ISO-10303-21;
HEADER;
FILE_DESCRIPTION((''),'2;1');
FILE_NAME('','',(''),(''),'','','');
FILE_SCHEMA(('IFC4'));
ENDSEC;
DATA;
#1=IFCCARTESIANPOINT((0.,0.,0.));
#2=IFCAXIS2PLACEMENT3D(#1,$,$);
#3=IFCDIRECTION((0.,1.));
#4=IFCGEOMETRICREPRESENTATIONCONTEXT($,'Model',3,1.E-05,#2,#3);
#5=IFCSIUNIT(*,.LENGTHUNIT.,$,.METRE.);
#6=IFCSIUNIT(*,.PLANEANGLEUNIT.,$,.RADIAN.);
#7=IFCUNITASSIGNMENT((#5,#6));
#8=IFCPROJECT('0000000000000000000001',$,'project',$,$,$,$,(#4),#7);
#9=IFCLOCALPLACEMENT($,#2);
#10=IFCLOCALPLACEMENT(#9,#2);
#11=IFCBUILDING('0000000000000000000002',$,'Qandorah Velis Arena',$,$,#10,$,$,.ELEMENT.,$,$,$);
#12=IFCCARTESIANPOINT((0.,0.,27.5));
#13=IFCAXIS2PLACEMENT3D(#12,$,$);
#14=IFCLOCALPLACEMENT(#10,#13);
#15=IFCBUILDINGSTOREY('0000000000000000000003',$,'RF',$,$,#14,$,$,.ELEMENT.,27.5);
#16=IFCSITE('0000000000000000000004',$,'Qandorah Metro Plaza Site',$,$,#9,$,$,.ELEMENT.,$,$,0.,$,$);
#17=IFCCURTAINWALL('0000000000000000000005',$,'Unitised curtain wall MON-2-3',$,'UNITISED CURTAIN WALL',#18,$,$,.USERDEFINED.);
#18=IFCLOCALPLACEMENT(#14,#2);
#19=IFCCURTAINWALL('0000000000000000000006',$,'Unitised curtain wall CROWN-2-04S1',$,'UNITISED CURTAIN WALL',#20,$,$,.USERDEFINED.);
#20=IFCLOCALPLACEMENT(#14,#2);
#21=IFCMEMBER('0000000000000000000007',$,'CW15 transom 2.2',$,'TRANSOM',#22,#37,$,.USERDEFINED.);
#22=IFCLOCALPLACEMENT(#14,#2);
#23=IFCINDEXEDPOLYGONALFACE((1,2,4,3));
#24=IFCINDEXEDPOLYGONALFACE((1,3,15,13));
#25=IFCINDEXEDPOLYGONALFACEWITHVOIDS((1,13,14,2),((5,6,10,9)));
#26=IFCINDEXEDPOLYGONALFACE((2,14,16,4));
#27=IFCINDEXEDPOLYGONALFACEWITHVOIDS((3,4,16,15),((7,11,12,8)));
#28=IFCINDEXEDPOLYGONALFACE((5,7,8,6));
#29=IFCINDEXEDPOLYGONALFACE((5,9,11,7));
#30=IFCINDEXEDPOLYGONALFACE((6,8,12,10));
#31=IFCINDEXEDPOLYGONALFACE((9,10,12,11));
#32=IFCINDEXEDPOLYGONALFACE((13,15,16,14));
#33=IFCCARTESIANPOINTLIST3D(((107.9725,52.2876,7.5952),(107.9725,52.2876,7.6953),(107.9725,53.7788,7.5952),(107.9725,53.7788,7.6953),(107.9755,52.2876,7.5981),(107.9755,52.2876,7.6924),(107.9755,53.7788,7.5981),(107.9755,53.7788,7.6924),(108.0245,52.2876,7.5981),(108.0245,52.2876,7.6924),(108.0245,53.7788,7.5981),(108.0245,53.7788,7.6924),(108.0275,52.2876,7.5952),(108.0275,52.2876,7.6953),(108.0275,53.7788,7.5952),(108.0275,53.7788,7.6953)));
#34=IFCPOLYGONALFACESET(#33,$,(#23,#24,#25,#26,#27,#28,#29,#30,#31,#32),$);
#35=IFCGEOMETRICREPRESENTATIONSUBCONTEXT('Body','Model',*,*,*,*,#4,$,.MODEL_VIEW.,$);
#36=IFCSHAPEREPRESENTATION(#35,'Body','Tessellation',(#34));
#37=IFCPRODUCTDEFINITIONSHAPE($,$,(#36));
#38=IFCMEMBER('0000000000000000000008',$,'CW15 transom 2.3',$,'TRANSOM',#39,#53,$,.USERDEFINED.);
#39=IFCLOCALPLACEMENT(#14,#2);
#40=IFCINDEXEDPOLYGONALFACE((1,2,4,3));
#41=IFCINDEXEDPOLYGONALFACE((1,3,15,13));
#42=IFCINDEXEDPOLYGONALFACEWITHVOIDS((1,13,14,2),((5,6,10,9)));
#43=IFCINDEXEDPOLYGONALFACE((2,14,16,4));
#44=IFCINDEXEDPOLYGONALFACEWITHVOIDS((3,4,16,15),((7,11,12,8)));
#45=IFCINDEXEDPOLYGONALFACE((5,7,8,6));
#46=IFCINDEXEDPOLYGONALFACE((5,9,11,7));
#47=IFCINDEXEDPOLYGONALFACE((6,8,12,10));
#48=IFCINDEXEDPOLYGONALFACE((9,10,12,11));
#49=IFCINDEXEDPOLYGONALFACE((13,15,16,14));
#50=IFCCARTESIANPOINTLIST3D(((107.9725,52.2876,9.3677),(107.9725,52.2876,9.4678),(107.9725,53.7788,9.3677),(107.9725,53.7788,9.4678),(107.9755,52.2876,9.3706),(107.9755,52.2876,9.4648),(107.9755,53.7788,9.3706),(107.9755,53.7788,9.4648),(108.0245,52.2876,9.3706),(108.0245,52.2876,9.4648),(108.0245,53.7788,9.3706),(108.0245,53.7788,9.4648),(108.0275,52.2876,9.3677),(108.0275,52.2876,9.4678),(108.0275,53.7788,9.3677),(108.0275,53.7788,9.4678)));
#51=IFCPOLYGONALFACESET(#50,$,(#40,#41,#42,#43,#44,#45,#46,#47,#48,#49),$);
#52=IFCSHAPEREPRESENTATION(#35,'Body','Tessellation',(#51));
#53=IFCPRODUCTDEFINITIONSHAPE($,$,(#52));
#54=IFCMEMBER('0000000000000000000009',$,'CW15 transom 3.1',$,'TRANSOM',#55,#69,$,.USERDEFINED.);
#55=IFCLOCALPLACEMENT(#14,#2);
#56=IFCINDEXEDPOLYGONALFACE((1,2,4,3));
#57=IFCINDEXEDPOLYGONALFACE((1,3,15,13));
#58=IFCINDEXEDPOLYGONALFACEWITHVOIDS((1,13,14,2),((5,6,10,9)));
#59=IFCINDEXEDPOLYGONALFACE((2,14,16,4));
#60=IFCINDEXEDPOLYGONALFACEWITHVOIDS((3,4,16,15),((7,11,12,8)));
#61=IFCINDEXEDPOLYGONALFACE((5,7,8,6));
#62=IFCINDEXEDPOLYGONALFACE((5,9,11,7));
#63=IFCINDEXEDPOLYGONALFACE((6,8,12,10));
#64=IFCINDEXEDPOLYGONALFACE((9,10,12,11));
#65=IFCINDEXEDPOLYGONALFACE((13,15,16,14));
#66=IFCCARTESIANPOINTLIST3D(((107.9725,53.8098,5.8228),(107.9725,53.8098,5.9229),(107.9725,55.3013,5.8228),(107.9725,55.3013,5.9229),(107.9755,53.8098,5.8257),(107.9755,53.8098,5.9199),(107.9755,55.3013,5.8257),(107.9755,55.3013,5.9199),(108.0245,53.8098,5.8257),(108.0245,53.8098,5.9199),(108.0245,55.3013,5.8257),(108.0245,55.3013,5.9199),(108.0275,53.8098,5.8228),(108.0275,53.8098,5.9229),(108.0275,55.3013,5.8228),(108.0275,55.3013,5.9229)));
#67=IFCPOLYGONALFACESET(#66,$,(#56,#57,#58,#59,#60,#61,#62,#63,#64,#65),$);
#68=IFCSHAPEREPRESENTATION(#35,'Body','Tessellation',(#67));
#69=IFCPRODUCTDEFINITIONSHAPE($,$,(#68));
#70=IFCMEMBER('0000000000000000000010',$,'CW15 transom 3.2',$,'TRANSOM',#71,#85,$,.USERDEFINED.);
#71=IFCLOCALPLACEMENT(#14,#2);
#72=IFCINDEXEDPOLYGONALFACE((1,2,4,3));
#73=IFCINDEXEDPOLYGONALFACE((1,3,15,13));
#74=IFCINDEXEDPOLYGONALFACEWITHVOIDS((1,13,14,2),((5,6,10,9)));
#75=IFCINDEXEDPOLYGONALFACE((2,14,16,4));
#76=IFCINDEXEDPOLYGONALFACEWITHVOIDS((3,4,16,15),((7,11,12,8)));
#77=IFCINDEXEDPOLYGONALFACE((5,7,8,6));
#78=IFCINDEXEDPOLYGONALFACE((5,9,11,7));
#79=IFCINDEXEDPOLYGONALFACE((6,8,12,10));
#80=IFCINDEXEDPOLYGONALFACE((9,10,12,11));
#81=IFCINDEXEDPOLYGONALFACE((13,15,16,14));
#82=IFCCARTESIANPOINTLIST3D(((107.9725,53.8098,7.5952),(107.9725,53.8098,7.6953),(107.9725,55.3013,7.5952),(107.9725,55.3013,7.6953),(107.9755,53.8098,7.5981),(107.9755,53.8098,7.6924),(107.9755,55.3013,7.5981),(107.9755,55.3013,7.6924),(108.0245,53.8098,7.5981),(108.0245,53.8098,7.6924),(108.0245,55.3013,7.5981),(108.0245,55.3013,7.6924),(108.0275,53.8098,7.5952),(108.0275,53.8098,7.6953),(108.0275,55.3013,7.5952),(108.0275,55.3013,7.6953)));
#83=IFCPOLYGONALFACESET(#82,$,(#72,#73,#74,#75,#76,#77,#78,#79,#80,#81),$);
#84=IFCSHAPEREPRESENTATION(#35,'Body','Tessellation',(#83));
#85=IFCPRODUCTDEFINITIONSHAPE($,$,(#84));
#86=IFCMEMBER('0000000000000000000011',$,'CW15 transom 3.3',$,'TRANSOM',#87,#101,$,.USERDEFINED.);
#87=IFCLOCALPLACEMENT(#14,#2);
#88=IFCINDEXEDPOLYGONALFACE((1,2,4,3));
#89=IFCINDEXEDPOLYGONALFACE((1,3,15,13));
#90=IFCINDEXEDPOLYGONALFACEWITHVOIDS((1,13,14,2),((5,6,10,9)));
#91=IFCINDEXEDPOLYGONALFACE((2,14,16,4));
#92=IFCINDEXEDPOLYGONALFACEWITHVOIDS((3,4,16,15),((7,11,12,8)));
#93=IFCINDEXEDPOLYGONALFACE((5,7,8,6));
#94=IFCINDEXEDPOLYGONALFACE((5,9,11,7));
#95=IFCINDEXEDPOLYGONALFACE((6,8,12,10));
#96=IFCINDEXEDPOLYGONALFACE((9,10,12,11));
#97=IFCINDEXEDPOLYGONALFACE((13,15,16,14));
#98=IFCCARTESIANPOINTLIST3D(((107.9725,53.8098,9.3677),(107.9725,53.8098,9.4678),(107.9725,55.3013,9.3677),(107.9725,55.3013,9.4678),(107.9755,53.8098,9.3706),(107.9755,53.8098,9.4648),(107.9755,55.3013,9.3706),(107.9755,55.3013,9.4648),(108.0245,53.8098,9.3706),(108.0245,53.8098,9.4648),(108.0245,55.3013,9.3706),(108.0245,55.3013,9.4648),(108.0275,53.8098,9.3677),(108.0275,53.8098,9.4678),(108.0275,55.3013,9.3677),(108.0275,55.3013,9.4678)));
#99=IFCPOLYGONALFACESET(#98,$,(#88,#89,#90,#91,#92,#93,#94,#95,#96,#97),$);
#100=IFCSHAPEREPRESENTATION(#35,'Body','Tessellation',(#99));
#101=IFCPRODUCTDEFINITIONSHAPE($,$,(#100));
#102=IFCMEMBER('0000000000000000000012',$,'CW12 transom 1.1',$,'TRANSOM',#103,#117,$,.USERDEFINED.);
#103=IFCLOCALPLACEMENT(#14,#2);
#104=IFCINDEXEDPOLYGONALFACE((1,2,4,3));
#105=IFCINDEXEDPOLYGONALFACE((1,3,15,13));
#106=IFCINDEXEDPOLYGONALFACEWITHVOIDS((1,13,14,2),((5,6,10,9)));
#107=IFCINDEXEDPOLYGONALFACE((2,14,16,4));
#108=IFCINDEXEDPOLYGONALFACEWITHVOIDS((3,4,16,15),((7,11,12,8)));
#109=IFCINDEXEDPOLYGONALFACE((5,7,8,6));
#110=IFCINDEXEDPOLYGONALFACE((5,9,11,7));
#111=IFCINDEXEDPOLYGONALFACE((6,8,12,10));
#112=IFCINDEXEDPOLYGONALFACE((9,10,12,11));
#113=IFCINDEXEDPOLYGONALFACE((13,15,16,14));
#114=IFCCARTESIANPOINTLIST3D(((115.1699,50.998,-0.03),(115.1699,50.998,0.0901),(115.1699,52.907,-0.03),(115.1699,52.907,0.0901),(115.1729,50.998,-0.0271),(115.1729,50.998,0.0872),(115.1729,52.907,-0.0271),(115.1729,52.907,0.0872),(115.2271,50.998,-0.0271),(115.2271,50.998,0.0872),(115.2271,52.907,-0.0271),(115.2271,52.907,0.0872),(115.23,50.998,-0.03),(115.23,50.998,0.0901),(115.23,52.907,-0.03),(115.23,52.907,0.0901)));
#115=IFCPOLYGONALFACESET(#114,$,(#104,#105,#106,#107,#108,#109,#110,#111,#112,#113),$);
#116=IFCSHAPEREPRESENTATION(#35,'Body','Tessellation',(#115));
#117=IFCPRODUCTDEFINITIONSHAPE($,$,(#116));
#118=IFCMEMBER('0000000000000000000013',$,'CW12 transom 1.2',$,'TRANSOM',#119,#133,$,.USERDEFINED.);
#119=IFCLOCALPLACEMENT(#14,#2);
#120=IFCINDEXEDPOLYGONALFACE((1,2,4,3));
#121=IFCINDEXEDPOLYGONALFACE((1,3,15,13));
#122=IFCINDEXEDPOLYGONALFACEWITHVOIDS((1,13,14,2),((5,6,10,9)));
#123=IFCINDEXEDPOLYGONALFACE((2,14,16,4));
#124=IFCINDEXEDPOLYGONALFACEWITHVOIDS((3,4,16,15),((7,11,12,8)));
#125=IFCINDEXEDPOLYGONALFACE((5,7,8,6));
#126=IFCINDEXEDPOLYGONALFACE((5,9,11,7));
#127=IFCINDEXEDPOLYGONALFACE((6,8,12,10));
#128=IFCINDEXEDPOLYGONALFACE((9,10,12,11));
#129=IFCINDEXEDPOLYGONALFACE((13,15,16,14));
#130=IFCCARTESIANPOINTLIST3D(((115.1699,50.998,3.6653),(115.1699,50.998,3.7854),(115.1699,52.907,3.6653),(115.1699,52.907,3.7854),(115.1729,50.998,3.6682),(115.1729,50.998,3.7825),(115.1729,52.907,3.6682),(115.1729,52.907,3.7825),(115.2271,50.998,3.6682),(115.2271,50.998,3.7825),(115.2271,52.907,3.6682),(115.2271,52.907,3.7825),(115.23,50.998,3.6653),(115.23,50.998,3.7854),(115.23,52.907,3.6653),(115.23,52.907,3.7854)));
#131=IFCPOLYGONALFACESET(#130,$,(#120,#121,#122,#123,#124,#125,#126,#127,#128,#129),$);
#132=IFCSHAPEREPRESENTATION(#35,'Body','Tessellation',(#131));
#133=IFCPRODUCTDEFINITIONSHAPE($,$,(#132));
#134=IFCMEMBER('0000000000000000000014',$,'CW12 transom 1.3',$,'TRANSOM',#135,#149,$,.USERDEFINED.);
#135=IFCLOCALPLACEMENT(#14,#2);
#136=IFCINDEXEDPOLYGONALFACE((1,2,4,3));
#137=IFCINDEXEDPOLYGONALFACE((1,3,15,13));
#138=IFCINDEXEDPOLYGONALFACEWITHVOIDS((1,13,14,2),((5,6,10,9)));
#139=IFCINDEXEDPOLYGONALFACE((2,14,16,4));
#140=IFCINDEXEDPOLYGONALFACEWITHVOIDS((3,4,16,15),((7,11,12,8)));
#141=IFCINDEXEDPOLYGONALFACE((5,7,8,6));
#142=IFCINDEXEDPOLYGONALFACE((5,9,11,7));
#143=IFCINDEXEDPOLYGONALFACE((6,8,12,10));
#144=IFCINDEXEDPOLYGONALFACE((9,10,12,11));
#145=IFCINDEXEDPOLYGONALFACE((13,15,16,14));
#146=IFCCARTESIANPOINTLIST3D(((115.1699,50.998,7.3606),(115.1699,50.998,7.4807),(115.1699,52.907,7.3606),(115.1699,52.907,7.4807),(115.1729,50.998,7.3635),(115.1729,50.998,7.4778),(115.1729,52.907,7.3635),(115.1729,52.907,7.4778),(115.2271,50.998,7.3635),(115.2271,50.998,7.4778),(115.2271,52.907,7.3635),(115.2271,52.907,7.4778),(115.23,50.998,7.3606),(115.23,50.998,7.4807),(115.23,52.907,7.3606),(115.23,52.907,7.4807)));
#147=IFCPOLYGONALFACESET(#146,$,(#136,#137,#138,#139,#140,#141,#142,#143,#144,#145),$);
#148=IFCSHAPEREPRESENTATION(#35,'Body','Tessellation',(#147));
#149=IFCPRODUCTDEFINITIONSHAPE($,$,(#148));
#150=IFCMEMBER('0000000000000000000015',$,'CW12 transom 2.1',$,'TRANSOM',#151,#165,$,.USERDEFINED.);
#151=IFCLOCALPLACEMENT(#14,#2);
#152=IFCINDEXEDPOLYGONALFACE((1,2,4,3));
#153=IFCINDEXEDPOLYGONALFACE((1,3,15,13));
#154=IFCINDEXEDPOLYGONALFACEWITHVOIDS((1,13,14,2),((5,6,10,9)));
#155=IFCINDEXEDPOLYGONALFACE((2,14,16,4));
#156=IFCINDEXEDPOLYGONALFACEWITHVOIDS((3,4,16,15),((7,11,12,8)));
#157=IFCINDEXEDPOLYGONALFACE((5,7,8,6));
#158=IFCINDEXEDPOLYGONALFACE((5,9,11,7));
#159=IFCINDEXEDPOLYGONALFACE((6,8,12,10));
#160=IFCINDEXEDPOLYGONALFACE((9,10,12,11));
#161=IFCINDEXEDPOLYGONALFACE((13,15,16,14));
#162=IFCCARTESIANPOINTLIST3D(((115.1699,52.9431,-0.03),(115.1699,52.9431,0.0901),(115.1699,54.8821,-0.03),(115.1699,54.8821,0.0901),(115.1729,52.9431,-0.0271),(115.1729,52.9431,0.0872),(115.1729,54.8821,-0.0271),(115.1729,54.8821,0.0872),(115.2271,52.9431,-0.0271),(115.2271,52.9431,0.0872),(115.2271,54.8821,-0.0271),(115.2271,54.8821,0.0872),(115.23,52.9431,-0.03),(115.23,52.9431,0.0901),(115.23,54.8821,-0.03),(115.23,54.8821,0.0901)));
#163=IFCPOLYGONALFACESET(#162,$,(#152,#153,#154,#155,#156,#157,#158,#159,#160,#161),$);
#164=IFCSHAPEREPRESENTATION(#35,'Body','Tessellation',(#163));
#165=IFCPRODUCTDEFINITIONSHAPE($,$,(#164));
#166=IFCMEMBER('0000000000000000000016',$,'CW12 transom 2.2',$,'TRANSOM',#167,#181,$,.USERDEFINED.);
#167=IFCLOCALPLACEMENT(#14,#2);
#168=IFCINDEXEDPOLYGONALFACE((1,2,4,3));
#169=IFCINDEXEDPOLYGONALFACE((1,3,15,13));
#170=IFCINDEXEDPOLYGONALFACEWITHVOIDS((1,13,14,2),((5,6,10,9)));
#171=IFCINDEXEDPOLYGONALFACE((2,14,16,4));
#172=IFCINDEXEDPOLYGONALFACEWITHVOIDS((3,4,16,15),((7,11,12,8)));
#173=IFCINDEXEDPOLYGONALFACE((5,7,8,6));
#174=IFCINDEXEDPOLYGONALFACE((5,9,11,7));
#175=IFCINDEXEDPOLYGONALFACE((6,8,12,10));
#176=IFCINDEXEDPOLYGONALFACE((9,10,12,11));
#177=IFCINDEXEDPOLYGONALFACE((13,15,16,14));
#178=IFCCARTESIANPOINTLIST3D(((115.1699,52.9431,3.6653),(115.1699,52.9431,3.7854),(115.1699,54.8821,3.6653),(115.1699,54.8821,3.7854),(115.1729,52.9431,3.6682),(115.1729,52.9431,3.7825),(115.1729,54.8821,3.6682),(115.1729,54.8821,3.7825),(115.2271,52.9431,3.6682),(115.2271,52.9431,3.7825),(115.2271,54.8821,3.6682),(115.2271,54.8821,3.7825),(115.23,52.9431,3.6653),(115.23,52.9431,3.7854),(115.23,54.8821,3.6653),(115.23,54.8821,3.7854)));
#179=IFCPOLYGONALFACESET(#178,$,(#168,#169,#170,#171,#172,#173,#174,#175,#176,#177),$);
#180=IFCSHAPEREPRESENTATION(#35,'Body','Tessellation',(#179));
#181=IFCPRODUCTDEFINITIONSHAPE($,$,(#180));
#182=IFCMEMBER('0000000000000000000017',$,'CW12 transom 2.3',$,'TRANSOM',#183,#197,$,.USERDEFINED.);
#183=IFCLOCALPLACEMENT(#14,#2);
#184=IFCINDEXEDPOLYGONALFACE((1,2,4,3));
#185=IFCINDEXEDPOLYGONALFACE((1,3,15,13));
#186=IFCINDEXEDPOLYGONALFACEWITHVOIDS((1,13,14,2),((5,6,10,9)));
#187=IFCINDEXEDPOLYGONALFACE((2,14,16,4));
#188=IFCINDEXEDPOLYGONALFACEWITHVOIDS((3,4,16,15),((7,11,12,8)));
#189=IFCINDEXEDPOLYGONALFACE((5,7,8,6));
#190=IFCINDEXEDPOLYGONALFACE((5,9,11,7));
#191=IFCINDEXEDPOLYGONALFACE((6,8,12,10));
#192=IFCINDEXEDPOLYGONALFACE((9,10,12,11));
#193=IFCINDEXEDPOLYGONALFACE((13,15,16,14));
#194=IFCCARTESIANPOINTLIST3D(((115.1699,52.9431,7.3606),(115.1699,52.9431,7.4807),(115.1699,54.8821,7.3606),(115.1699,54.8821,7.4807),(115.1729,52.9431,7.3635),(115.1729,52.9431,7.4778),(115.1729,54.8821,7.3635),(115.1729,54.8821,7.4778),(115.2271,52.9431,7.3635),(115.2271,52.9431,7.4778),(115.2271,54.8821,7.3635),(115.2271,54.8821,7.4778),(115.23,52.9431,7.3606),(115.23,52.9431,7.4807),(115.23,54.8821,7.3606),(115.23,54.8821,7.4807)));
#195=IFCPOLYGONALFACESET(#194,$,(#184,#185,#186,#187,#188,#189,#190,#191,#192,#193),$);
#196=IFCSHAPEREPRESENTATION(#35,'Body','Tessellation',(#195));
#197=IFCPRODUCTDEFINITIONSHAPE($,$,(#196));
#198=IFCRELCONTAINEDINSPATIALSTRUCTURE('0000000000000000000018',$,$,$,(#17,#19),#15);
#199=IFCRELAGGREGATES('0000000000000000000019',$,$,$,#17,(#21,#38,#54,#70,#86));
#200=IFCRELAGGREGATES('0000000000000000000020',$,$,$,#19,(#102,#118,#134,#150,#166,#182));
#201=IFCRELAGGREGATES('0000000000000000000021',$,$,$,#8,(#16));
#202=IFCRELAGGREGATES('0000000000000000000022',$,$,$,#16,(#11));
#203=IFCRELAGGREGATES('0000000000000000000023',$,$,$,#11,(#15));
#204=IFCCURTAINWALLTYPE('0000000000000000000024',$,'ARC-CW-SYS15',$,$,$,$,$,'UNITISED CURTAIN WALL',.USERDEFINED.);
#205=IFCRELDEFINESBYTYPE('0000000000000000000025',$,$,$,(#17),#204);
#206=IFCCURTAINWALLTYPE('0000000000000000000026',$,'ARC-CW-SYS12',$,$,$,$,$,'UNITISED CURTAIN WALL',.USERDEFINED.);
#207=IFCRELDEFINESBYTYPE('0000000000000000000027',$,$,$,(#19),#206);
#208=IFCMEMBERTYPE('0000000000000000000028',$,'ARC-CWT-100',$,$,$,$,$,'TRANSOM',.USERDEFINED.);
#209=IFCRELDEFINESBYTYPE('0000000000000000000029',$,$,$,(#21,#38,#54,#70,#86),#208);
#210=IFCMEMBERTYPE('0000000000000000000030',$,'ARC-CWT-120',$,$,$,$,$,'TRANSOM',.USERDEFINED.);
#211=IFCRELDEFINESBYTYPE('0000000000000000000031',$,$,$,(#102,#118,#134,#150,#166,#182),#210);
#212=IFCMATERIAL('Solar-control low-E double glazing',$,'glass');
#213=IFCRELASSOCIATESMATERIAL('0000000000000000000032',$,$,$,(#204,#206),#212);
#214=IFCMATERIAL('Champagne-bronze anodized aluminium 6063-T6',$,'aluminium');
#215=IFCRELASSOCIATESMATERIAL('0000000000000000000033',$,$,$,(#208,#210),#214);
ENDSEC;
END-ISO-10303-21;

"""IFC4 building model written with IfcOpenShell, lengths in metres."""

from ifc_helpers import new_model, si_unit, direction, frame, origin, origin_2d, place, context, subcontext, project, spatial, hollow_rectangle, extrude, material, material_profile, profile_set, type_object, element, aggregate, save


model = new_model("IFC4")

# Units and contexts
model_context = context("Model", 3, precision=1e-05, world=origin(), true_north=direction((0.0, 1.0)))
body_context = subcontext(model_context, "Body", "Model", "MODEL_VIEW")
ifc_project = project(units=[si_unit("LENGTHUNIT", "METRE"), si_unit("PLANEANGLEUNIT", "RADIAN")], contexts=[model_context])

# Site, building, storey
site_placement = place(None, origin())
site = spatial("IfcSite", under=ifc_project, at=site_placement, Name="Qandorah Metro Plaza Site", CompositionType="ELEMENT", RefElevation=0.0)
building_placement = place(site_placement, origin())
building = spatial("IfcBuilding", under=site, at=building_placement, Name="Qandorah Velis Arena", CompositionType="ELEMENT")
storey_placement = place(building_placement, frame((0.0, 0.0, 27.5)))
storey = spatial("IfcBuildingStorey", under=building, at=storey_placement, Name="RF", CompositionType="ELEMENT", Elevation=27.5)

# Shared definitions
ifc_material_1 = material(Name="Solar-control low-E double glazing", Category="glass")
ifc_material_2 = material(Name="Champagne-bronze anodized aluminium 6063-T6", Category="aluminium")

# Curtain wall
curtain_wall_type_1 = type_object("IfcCurtainWallType", Name="ARC-CW-SYS15", ElementType="UNITISED CURTAIN WALL", PredefinedType="USERDEFINED", material=ifc_material_1)
curtain_wall_1_placement = place(storey_placement, origin())
curtain_wall_1 = element("IfcCurtainWall", 1, at=curtain_wall_1_placement, inside=storey, type_object=curtain_wall_type_1, Name="Unitised curtain wall MON-2-3", ObjectType="UNITISED CURTAIN WALL", PredefinedType="USERDEFINED")

# Shared definitions
curtain_wall_type_2 = type_object("IfcCurtainWallType", Name="ARC-CW-SYS12", ElementType="UNITISED CURTAIN WALL", PredefinedType="USERDEFINED", material=ifc_material_1)

# Curtain wall
curtain_wall_2_placement = place(storey_placement, origin())
curtain_wall_2 = element("IfcCurtainWall", 2, at=curtain_wall_2_placement, inside=storey, type_object=curtain_wall_type_2, Name="Unitised curtain wall CROWN-2-04S1", ObjectType="UNITISED CURTAIN WALL", PredefinedType="USERDEFINED")

# Members
ifc_material_profile_1 = material_profile(ifc_material_2, hollow_rectangle(XDim=0.0549, YDim=0.1001, WallThickness=0.0029, at=origin_2d()), Name="ALU TRANSOM 55x100")
ifc_profile_set_1 = profile_set([ifc_material_profile_1], Name="Champagne-bronze anodized aluminium 6063-T6")
member_type_1 = type_object("IfcMemberType", Name="ARC-CWT-100", ElementType="TRANSOM", PredefinedType="USERDEFINED", material=ifc_profile_set_1)
member_1_placement = place(storey_placement, frame((108.0, 52.2876, 7.6453), z_axis=(0.0, 1.0, 0.0), x_axis=(-1.0, 0.0, 0.0)))
member_1 = element("IfcMember", 3, at=member_1_placement, type_object=member_type_1, Name="CW15 transom 2.2", ObjectType="TRANSOM", PredefinedType="USERDEFINED", context=body_context, shape_type="SweptSolid", body=[
    extrude(hollow_rectangle(XDim=0.0549, YDim=0.1001, WallThickness=0.0029, at=origin_2d()), origin(), (0.0, 0.0, 1.0), 1.4912),
])
member_2_placement = place(storey_placement, frame((108.0, 52.2876, 9.4177), z_axis=(0.0, 1.0, 0.0), x_axis=(-1.0, 0.0, 0.0)))
member_2 = element("IfcMember", 4, at=member_2_placement, type_object=member_type_1, Name="CW15 transom 2.3", ObjectType="TRANSOM", PredefinedType="USERDEFINED", context=body_context, shape_type="SweptSolid", body=[
    extrude(hollow_rectangle(XDim=0.0549, YDim=0.1001, WallThickness=0.0029, at=origin_2d()), origin(), (0.0, 0.0, 1.0), 1.4912),
])
member_3_placement = place(storey_placement, frame((108.0, 53.8098, 5.8728), z_axis=(0.0, 1.0, 0.0), x_axis=(-1.0, 0.0, 0.0)))
member_3 = element("IfcMember", 5, at=member_3_placement, type_object=member_type_1, Name="CW15 transom 3.1", ObjectType="TRANSOM", PredefinedType="USERDEFINED", context=body_context, shape_type="SweptSolid", body=[
    extrude(hollow_rectangle(XDim=0.0549, YDim=0.1001, WallThickness=0.0029, at=origin_2d()), origin(), (0.0, 0.0, 1.0), 1.4915),
])
member_4_placement = place(storey_placement, frame((108.0, 53.8098, 7.6453), z_axis=(0.0, 1.0, 0.0), x_axis=(-1.0, 0.0, 0.0)))
member_4 = element("IfcMember", 6, at=member_4_placement, type_object=member_type_1, Name="CW15 transom 3.2", ObjectType="TRANSOM", PredefinedType="USERDEFINED", context=body_context, shape_type="SweptSolid", body=[
    extrude(hollow_rectangle(XDim=0.0549, YDim=0.1001, WallThickness=0.0029, at=origin_2d()), origin(), (0.0, 0.0, 1.0), 1.4915),
])
member_5_placement = place(storey_placement, frame((108.0, 53.8098, 9.4177), z_axis=(0.0, 1.0, 0.0), x_axis=(-1.0, 0.0, 0.0)))
member_5 = element("IfcMember", 7, at=member_5_placement, type_object=member_type_1, Name="CW15 transom 3.3", ObjectType="TRANSOM", PredefinedType="USERDEFINED", context=body_context, shape_type="SweptSolid", body=[
    extrude(hollow_rectangle(XDim=0.0549, YDim=0.1001, WallThickness=0.0029, at=origin_2d()), origin(), (0.0, 0.0, 1.0), 1.4915),
])
ifc_material_profile_2 = material_profile(ifc_material_2, hollow_rectangle(XDim=0.0601, YDim=0.1201, WallThickness=0.0029, at=origin_2d()), Name="ALU TRANSOM 60x120")
ifc_profile_set_2 = profile_set([ifc_material_profile_2], Name="Champagne-bronze anodized aluminium 6063-T6")
member_type_2 = type_object("IfcMemberType", Name="ARC-CWT-120", ElementType="TRANSOM", PredefinedType="USERDEFINED", material=ifc_profile_set_2)
member_6_placement = place(storey_placement, frame((115.2, 50.998, 0.03), z_axis=(0.0, 1.0, 0.0), x_axis=(-1.0, 0.0, 0.0)))
member_6 = element("IfcMember", 8, at=member_6_placement, type_object=member_type_2, Name="CW12 transom 1.1", ObjectType="TRANSOM", PredefinedType="USERDEFINED", context=body_context, shape_type="SweptSolid", body=[
    extrude(hollow_rectangle(XDim=0.0601, YDim=0.1201, WallThickness=0.0029, at=origin_2d()), origin(), (0.0, 0.0, 1.0), 1.9089),
])
member_7_placement = place(storey_placement, frame((115.2, 50.998, 3.7253), z_axis=(0.0, 1.0, 0.0), x_axis=(-1.0, 0.0, 0.0)))
member_7 = element("IfcMember", 9, at=member_7_placement, type_object=member_type_2, Name="CW12 transom 1.2", ObjectType="TRANSOM", PredefinedType="USERDEFINED", context=body_context, shape_type="SweptSolid", body=[
    extrude(hollow_rectangle(XDim=0.0601, YDim=0.1201, WallThickness=0.0029, at=origin_2d()), origin(), (0.0, 0.0, 1.0), 1.9089),
])
member_8_placement = place(storey_placement, frame((115.2, 50.998, 7.4207), z_axis=(0.0, 1.0, 0.0), x_axis=(-1.0, 0.0, 0.0)))
member_8 = element("IfcMember", 10, at=member_8_placement, type_object=member_type_2, Name="CW12 transom 1.3", ObjectType="TRANSOM", PredefinedType="USERDEFINED", context=body_context, shape_type="SweptSolid", body=[
    extrude(hollow_rectangle(XDim=0.0601, YDim=0.1201, WallThickness=0.0029, at=origin_2d()), origin(), (0.0, 0.0, 1.0), 1.9089),
])
member_9_placement = place(storey_placement, frame((115.2, 52.9431, 0.03), z_axis=(0.0, 1.0, 0.0), x_axis=(-1.0, 0.0, 0.0)))
member_9 = element("IfcMember", 11, at=member_9_placement, type_object=member_type_2, Name="CW12 transom 2.1", ObjectType="TRANSOM", PredefinedType="USERDEFINED", context=body_context, shape_type="SweptSolid", body=[
    extrude(hollow_rectangle(XDim=0.0601, YDim=0.1201, WallThickness=0.0029, at=origin_2d()), origin(), (0.0, 0.0, 1.0), 1.939),
])
member_10_placement = place(storey_placement, frame((115.2, 52.9431, 3.7253), z_axis=(0.0, 1.0, 0.0), x_axis=(-1.0, 0.0, 0.0)))
member_10 = element("IfcMember", 12, at=member_10_placement, type_object=member_type_2, Name="CW12 transom 2.2", ObjectType="TRANSOM", PredefinedType="USERDEFINED", context=body_context, shape_type="SweptSolid", body=[
    extrude(hollow_rectangle(XDim=0.0601, YDim=0.1201, WallThickness=0.0029, at=origin_2d()), origin(), (0.0, 0.0, 1.0), 1.939),
])
member_11_placement = place(storey_placement, frame((115.2, 52.9431, 7.4207), z_axis=(0.0, 1.0, 0.0), x_axis=(-1.0, 0.0, 0.0)))
member_11 = element("IfcMember", 13, at=member_11_placement, type_object=member_type_2, Name="CW12 transom 2.3", ObjectType="TRANSOM", PredefinedType="USERDEFINED", context=body_context, shape_type="SweptSolid", body=[
    extrude(hollow_rectangle(XDim=0.0601, YDim=0.1201, WallThickness=0.0029, at=origin_2d()), origin(), (0.0, 0.0, 1.0), 1.939),
])

aggregate(curtain_wall_1, [member_1, member_2, member_3, member_4, member_5])
aggregate(curtain_wall_2, [member_6, member_7, member_8, member_9, member_10, member_11])

save(model, "model.ifc")
